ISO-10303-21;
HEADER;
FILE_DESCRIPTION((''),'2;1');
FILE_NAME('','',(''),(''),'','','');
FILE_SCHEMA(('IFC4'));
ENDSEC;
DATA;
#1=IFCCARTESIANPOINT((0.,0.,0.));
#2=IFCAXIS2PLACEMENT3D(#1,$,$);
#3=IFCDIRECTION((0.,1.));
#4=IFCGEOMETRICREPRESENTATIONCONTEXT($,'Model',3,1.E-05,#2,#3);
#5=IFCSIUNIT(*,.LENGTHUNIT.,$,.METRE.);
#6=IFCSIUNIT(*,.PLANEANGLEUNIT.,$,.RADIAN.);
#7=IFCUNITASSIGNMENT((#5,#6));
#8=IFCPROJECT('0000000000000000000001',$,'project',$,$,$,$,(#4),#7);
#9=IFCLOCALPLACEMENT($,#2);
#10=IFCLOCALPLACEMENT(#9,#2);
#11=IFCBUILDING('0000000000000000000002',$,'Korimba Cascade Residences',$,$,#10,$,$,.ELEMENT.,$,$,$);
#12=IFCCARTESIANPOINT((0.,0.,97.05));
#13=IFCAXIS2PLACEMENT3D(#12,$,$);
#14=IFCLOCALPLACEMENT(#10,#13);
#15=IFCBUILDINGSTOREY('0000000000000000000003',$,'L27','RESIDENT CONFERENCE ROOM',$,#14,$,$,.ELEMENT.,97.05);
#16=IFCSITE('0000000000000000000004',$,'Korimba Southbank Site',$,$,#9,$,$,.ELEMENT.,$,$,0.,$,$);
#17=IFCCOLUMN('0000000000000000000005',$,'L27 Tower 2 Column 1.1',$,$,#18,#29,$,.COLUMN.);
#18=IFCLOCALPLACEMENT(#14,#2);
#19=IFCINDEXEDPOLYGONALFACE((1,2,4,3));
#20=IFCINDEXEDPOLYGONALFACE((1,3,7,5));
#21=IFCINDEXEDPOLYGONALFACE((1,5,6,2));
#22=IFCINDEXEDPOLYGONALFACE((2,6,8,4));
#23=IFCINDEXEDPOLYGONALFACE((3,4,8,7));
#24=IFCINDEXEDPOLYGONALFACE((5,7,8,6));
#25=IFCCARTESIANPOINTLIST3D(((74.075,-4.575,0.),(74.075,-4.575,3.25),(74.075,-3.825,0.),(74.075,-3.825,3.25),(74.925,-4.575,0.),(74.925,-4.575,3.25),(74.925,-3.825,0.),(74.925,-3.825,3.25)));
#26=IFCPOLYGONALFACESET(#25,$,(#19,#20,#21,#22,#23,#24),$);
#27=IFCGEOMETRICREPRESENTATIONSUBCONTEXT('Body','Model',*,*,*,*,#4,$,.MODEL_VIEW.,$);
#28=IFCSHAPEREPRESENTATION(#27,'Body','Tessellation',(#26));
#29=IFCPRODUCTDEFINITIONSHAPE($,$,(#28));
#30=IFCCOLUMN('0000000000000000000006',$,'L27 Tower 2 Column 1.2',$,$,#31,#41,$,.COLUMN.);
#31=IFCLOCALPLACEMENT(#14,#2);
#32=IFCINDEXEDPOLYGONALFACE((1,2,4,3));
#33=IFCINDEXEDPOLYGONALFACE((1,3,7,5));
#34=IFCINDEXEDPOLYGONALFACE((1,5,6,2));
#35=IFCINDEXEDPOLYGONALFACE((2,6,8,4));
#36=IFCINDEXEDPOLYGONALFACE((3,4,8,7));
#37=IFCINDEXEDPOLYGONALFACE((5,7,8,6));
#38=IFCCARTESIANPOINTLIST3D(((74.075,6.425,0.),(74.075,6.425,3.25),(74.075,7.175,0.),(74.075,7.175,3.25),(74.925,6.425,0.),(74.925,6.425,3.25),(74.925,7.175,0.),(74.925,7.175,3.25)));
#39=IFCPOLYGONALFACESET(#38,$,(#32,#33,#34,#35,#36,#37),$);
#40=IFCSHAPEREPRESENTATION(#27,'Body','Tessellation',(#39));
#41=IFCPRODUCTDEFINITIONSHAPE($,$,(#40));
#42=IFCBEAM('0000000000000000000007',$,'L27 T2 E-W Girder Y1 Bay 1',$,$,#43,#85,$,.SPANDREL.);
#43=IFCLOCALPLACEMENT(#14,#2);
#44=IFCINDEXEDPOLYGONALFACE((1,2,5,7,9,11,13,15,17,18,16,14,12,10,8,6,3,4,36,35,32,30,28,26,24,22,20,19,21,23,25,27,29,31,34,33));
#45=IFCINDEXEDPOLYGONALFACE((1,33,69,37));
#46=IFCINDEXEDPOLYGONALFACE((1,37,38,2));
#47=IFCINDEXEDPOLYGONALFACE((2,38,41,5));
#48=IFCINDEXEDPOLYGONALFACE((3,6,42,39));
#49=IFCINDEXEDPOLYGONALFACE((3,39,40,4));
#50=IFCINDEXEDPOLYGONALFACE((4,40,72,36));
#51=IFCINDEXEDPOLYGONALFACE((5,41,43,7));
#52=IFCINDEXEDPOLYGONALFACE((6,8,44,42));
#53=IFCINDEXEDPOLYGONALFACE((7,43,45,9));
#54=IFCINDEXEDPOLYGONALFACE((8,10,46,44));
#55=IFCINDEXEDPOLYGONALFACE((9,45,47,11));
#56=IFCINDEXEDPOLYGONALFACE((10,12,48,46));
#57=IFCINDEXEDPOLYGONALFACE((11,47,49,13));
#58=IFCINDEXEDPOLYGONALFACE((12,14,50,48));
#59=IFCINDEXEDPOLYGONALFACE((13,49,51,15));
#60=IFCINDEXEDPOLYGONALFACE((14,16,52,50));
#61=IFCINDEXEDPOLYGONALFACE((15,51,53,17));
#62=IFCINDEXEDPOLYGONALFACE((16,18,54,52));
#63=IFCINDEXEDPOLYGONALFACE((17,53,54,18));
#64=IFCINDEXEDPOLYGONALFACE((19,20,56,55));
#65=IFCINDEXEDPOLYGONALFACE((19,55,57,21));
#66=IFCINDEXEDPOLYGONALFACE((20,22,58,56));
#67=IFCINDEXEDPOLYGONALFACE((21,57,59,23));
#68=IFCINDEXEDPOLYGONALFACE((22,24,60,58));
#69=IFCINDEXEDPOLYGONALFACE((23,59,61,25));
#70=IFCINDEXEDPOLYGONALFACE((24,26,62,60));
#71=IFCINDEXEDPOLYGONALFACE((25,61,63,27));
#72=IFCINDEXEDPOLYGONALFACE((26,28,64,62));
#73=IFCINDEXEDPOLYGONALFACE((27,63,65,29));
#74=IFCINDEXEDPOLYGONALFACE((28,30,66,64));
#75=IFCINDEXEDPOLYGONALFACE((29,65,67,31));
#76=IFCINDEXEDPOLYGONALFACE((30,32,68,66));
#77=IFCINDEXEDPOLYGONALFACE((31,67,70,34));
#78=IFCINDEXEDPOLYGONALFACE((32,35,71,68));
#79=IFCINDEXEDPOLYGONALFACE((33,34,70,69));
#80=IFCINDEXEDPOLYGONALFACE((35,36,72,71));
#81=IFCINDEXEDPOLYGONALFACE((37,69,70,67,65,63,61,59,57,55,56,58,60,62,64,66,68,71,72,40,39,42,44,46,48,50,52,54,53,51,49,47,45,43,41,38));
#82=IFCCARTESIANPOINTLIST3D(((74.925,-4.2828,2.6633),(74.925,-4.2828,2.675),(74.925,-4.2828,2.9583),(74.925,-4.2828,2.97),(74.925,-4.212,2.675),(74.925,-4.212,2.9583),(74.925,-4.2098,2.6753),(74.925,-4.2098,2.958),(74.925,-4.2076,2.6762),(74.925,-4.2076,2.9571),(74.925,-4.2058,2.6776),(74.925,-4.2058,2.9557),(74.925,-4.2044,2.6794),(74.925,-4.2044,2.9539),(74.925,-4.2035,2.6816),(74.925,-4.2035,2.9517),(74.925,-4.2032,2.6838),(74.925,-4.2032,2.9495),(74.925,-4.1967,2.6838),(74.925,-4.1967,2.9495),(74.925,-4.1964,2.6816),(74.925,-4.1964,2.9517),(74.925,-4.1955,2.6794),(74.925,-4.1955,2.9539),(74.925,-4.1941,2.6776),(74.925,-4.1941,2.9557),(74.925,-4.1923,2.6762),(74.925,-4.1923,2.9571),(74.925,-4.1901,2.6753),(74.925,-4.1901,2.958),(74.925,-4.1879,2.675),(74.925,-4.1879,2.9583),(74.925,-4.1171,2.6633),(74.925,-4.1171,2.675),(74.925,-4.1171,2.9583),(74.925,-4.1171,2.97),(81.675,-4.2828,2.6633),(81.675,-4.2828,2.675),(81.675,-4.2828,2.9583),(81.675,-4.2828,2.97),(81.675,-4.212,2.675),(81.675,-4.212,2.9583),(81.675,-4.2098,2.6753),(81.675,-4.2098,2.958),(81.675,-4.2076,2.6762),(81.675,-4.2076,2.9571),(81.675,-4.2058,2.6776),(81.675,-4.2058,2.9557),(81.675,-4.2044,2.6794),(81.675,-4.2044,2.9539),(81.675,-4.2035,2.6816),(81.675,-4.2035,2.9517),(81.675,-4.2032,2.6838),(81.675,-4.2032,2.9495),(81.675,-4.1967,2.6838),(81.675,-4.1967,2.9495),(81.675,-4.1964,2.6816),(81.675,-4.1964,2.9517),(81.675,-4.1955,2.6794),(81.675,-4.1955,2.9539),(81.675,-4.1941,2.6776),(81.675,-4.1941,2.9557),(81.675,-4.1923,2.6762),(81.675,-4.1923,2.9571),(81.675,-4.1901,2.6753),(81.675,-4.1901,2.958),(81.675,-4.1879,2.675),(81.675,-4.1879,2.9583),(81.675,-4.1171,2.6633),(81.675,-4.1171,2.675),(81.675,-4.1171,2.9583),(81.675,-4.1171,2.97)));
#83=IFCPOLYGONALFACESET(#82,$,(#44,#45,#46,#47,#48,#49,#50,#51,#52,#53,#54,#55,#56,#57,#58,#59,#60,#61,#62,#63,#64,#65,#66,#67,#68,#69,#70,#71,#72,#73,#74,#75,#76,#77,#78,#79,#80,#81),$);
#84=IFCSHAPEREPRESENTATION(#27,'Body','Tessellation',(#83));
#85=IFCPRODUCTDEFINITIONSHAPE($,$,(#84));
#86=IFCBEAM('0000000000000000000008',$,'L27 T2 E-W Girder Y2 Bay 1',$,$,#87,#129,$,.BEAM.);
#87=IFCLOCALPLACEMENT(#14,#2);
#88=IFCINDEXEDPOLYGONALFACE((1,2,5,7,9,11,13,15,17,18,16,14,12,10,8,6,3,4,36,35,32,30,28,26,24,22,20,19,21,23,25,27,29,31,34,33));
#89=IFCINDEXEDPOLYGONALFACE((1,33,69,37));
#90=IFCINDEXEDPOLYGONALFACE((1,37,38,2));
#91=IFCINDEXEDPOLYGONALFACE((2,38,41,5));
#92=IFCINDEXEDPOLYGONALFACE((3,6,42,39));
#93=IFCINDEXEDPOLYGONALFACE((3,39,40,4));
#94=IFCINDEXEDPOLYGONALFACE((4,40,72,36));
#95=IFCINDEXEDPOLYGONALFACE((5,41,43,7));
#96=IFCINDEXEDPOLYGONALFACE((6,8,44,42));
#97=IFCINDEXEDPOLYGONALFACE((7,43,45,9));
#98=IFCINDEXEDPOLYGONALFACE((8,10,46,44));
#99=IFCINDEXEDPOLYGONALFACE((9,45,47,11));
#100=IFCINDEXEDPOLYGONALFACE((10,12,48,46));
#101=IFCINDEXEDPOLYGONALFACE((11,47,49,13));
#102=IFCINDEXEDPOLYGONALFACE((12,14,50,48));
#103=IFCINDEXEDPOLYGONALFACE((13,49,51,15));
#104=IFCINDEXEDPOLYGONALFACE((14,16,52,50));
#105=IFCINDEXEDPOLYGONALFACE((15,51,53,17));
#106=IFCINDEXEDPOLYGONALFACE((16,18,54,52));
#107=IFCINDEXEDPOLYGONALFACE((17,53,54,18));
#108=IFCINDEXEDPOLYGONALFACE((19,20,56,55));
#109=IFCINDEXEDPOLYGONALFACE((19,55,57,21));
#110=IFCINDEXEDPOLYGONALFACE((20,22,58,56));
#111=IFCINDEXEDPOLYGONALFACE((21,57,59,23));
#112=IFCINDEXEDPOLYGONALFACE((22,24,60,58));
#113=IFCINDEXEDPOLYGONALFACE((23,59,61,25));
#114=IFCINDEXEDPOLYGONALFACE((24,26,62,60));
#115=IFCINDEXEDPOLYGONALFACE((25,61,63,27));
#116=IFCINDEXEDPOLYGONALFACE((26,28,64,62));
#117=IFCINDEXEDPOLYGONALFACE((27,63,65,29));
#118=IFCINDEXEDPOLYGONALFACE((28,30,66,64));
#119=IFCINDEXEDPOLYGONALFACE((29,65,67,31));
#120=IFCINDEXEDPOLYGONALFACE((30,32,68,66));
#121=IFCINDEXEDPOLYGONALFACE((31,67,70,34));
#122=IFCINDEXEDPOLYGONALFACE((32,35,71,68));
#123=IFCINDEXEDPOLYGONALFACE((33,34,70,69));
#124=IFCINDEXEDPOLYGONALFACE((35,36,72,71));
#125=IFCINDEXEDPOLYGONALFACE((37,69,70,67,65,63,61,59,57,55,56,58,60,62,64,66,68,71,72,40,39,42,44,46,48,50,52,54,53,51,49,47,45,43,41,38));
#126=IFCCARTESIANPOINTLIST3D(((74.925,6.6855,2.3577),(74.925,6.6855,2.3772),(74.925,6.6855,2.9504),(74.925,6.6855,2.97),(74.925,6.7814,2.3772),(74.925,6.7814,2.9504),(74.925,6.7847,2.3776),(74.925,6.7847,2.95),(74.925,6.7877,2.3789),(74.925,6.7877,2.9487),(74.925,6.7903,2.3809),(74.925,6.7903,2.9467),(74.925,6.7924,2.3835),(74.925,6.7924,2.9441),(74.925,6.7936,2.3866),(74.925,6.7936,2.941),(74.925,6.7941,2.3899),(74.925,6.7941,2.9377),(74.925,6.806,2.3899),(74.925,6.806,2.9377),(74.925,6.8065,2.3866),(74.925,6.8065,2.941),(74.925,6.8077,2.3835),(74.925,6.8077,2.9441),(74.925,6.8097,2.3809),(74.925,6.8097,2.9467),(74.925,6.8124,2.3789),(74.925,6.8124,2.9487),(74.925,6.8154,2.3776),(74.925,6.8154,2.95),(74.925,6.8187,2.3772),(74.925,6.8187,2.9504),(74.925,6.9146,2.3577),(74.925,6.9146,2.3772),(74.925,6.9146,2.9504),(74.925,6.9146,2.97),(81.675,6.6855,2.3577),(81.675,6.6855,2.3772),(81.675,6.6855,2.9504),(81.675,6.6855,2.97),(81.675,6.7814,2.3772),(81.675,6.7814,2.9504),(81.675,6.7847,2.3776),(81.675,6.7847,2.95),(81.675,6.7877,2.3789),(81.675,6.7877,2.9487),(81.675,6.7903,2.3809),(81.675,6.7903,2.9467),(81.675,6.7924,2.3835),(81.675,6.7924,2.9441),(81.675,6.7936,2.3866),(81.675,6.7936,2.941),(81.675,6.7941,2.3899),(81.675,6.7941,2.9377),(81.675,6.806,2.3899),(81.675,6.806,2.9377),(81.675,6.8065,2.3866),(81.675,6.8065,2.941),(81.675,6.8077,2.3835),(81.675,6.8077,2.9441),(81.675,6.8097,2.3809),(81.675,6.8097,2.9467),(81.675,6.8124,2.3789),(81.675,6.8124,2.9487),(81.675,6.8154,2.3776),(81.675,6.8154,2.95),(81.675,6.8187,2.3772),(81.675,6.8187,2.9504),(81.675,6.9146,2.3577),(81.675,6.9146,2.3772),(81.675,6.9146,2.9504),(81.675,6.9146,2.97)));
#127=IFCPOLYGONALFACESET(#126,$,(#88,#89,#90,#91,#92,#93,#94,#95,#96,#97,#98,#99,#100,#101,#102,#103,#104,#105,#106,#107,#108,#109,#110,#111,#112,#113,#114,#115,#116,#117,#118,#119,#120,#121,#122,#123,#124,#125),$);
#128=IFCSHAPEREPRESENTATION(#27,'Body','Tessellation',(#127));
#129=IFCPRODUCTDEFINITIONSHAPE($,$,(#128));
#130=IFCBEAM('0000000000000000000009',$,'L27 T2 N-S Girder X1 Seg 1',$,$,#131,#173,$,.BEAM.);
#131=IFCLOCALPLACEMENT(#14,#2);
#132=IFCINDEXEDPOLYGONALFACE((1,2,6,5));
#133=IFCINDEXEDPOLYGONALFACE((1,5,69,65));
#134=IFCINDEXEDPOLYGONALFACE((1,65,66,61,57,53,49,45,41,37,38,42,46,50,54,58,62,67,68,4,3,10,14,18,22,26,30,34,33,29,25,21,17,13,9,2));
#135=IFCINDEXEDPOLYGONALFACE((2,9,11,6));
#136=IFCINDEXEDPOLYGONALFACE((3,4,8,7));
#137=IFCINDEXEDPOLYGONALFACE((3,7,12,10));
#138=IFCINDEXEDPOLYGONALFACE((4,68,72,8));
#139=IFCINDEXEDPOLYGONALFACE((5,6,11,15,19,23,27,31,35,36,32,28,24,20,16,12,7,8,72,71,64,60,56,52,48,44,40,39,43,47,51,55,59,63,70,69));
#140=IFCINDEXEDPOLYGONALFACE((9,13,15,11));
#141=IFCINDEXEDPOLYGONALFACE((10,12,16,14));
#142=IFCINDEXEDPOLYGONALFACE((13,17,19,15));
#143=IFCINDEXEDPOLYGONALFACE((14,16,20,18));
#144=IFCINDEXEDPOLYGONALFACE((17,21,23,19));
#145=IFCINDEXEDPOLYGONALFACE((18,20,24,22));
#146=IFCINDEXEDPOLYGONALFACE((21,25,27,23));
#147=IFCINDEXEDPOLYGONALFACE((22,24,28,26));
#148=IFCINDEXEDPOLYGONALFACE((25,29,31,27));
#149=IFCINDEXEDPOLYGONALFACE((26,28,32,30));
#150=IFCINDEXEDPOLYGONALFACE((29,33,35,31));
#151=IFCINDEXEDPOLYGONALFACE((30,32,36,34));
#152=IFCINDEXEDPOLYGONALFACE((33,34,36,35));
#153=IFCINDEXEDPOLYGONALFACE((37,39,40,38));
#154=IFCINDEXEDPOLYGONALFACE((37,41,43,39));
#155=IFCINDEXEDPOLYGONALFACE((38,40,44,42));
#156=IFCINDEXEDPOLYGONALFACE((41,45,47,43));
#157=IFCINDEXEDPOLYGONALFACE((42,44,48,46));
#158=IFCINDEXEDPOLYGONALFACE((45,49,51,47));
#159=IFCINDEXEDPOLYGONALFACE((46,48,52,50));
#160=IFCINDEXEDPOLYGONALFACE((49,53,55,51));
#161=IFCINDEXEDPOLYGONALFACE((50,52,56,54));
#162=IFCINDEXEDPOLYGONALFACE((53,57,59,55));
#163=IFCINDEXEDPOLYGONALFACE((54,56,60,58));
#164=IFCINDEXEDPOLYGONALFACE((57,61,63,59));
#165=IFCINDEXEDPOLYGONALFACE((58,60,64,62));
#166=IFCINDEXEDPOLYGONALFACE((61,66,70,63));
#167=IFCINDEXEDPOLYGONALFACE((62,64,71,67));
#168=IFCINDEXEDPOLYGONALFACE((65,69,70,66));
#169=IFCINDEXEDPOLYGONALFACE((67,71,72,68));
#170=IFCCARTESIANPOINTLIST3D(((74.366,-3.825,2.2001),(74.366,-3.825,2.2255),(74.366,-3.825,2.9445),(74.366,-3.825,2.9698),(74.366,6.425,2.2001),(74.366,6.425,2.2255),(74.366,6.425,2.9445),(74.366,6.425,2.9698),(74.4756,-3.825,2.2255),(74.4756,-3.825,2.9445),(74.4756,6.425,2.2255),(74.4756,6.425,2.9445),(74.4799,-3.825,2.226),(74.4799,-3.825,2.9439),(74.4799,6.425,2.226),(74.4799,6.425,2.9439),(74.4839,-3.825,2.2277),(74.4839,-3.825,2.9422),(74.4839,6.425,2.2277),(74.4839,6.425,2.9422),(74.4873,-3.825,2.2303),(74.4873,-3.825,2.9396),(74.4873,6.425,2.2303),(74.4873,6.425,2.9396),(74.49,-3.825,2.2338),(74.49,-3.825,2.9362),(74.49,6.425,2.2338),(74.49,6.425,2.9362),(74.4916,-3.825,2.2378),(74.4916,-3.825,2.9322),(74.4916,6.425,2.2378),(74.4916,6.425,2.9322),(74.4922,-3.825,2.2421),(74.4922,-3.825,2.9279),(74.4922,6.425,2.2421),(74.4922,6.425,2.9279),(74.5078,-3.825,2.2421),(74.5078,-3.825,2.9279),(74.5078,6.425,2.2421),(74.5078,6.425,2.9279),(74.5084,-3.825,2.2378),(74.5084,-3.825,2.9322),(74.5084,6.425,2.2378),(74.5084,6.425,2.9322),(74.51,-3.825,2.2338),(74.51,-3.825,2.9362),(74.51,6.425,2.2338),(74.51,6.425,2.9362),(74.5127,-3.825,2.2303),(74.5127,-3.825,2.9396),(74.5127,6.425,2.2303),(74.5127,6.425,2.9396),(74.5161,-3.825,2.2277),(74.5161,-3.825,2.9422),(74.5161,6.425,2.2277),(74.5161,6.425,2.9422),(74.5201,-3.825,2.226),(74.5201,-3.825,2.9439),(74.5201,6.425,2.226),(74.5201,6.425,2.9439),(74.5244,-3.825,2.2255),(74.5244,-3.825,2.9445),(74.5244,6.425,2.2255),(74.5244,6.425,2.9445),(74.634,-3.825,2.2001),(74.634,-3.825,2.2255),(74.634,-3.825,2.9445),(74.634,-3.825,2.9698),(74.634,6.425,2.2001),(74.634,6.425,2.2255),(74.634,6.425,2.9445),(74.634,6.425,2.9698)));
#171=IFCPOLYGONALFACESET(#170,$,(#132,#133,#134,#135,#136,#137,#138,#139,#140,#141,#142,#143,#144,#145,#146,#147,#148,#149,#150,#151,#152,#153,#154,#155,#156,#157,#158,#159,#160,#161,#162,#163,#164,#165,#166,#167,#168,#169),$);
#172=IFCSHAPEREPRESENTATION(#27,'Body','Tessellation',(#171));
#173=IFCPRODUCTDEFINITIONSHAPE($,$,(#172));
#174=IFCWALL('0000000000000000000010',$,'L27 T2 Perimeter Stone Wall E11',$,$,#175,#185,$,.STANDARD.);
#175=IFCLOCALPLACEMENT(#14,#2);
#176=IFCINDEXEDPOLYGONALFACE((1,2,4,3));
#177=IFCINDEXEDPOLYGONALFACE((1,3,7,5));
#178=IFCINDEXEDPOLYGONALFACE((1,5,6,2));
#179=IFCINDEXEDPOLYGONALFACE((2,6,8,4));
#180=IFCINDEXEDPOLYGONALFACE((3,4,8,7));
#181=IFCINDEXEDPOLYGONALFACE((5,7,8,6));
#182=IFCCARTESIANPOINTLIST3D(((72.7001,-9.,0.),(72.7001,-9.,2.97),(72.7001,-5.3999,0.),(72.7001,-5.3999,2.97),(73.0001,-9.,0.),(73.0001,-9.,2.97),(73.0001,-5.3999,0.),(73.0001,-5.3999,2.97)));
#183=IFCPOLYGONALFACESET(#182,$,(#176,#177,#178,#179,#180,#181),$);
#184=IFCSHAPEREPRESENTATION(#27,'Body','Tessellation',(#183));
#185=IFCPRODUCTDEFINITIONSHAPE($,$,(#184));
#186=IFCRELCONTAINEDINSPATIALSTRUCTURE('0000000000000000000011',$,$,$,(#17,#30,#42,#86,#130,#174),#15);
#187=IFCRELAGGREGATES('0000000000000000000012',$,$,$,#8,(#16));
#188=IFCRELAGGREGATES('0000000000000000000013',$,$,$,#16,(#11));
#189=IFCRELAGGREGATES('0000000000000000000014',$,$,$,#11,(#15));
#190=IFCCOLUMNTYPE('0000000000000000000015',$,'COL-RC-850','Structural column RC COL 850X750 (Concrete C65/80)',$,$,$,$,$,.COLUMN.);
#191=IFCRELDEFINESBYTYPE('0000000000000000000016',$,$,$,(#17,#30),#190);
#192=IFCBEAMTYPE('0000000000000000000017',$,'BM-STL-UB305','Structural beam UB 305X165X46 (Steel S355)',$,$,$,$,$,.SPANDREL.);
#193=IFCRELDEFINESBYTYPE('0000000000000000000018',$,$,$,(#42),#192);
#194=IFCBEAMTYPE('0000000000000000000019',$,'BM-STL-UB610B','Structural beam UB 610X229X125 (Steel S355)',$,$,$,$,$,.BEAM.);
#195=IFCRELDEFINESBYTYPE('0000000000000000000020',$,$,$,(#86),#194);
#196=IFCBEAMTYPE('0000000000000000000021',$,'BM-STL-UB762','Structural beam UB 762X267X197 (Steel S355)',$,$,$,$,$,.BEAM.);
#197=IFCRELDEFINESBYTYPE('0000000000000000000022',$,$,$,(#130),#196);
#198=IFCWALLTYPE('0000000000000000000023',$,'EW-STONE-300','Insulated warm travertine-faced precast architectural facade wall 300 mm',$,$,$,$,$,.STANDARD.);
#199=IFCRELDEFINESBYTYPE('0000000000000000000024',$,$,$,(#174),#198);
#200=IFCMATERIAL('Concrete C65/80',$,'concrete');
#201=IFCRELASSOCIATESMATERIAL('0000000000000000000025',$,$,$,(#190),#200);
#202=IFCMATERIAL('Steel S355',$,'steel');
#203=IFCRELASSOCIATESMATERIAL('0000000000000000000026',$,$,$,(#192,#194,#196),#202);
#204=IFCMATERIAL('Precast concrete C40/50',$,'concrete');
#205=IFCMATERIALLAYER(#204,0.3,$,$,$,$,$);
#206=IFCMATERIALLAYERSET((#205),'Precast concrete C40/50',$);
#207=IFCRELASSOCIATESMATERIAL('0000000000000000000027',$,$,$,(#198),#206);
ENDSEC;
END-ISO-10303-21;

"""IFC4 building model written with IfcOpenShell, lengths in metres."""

from ifc_helpers import new_model, si_unit, direction, frame, frame_2d, origin, origin_2d, place, context, subcontext, project, spatial, rectangle, i_section, extrude, material, layer, layer_set, material_profile, profile_set, type_object, element, save


model = new_model("IFC4")

# Units and contexts
model_context = context("Model", 3, precision=1e-05, world=origin(), true_north=direction((0.0, 1.0)))
body_context = subcontext(model_context, "Body", "Model", "MODEL_VIEW")
ifc_project = project(units=[si_unit("LENGTHUNIT", "METRE"), si_unit("PLANEANGLEUNIT", "RADIAN")], contexts=[model_context])

# Site, building, storey
site_placement = place(None, origin())
site = spatial("IfcSite", under=ifc_project, at=site_placement, Name="Korimba Southbank Site", CompositionType="ELEMENT", RefElevation=0.0)
building_placement = place(site_placement, origin())
building = spatial("IfcBuilding", under=site, at=building_placement, Name="Korimba Cascade Residences", CompositionType="ELEMENT")
storey_placement = place(building_placement, frame((0.0, 0.0, 97.05)))
storey = spatial("IfcBuildingStorey", under=building, at=storey_placement, Name="L27", Description="RESIDENT CONFERENCE ROOM", CompositionType="ELEMENT", Elevation=97.05)

# Columns
ifc_material_1 = material(Name="Concrete C65/80", Category="concrete")
ifc_material_profile_1 = material_profile(ifc_material_1, rectangle(XDim=0.8501, YDim=0.75, at=origin_2d()), Name="Concrete C65/80")
ifc_profile_set_1 = profile_set([ifc_material_profile_1], Name="Concrete C65/80")
column_type = type_object("IfcColumnType", Name="COL-RC-850", Description="Structural column RC COL 850X750 (Concrete C65/80)", PredefinedType="COLUMN", material=ifc_profile_set_1)
for number, where, z_axis, x_axis, name in (
    (1, (74.5, -4.2, 0.0), (0.0, 0.0, 1.0), (1.0, 0.0, 0.0), "L27 Tower 2 Column 1.1"),
    (2, (74.5, 6.8, 0.0), (0.0, 0.0, 1.0), (1.0, 0.0, 0.0), "L27 Tower 2 Column 1.2"),
):
    element("IfcColumn", number, at=place(storey_placement, frame(where, z_axis=z_axis, x_axis=x_axis)), inside=storey, type_object=column_type, Name=name, PredefinedType="COLUMN", context=body_context, shape_type="SweptSolid", body=[
        extrude(rectangle(XDim=0.8501, YDim=0.75, at=origin_2d()), origin(), (0.0, 0.0, 1.0), 3.25),
    ])

# Beams
ifc_material_2 = material(Name="Steel S355", Category="steel")
ifc_material_profile_2 = material_profile(ifc_material_2, i_section(OverallWidth=0.1658, OverallDepth=0.3066, WebThickness=0.0066, FlangeThickness=0.0117, FilletRadius=0.0088, at=origin_2d()), Name="Steel S355")
ifc_profile_set_2 = profile_set([ifc_material_profile_2], Name="Steel S355")
beam_type_1 = type_object("IfcBeamType", Name="BM-STL-UB305", Description="Structural beam UB 305X165X46 (Steel S355)", PredefinedType="SPANDREL", material=ifc_profile_set_2)
beam_1_placement = place(storey_placement, frame((74.925, -4.2, 2.8167), z_axis=(1.0, 0.0, 0.0), x_axis=(0.0, 1.0, 0.0)))
element("IfcBeam", 3, at=beam_1_placement, inside=storey, type_object=beam_type_1, Name="L27 T2 E-W Girder Y1 Bay 1", PredefinedType="SPANDREL", context=body_context, shape_type="SweptSolid", body=[
    extrude(i_section(OverallWidth=0.1658, OverallDepth=0.3066, WebThickness=0.0066, FlangeThickness=0.0117, FilletRadius=0.0088, at=origin_2d()), origin(), (0.0, 0.0, 1.0), 6.75),
])
ifc_material_profile_3 = material_profile(ifc_material_2, i_section(OverallWidth=0.229, OverallDepth=0.6123, WebThickness=0.012, FlangeThickness=0.0195, FilletRadius=0.0127, at=origin_2d()), Name="Steel S355")
ifc_profile_set_3 = profile_set([ifc_material_profile_3], Name="Steel S355")
beam_type_2 = type_object("IfcBeamType", Name="BM-STL-UB610B", Description="Structural beam UB 610X229X125 (Steel S355)", PredefinedType="BEAM", material=ifc_profile_set_3)
beam_2_placement = place(storey_placement, frame((74.925, 6.8, 2.6638), z_axis=(1.0, 0.0, 0.0), x_axis=(0.0, 1.0, 0.0)))
element("IfcBeam", 4, at=beam_2_placement, inside=storey, type_object=beam_type_2, Name="L27 T2 E-W Girder Y2 Bay 1", PredefinedType="BEAM", context=body_context, shape_type="SweptSolid", body=[
    extrude(i_section(OverallWidth=0.229, OverallDepth=0.6123, WebThickness=0.012, FlangeThickness=0.0195, FilletRadius=0.0127, at=origin_2d()), origin(), (0.0, 0.0, 1.0), 6.75),
])
ifc_material_profile_4 = material_profile(ifc_material_2, i_section(OverallWidth=0.2681, OverallDepth=0.7698, WebThickness=0.0156, FlangeThickness=0.0254, FilletRadius=0.0166, at=origin_2d()), Name="Steel S355")
ifc_profile_set_4 = profile_set([ifc_material_profile_4], Name="Steel S355")
beam_type_3 = type_object("IfcBeamType", Name="BM-STL-UB762", Description="Structural beam UB 762X267X197 (Steel S355)", PredefinedType="BEAM", material=ifc_profile_set_4)
beam_3_placement = place(storey_placement, frame((74.5, -3.825, 2.585), z_axis=(0.0, 1.0, 0.0), x_axis=(-1.0, 0.0, 0.0)))
element("IfcBeam", 5, at=beam_3_placement, inside=storey, type_object=beam_type_3, Name="L27 T2 N-S Girder X1 Seg 1", PredefinedType="BEAM", context=body_context, shape_type="SweptSolid", body=[
    extrude(i_section(OverallWidth=0.2681, OverallDepth=0.7698, WebThickness=0.0156, FlangeThickness=0.0254, FilletRadius=0.0166, at=origin_2d()), origin(), (0.0, 0.0, 1.0), 10.25),
])

# Wall
ifc_material_3 = material(Name="Precast concrete C40/50", Category="concrete")
ifc_layer_1 = layer(ifc_material_3, 0.3)
ifc_layer_set_1 = layer_set([ifc_layer_1], Name="Precast concrete C40/50")
wall_type_1 = type_object("IfcWallType", Name="EW-STONE-300", Description="Insulated warm travertine-faced precast architectural facade wall 300 mm", PredefinedType="STANDARD", material=ifc_layer_set_1)
wall_1_placement = place(storey_placement, frame((72.8501, -5.3999, 0.0), z_axis=(0.0, 0.0, 1.0), x_axis=(0.0, -1.0, 0.0)))
element("IfcWall", 6, at=wall_1_placement, inside=storey, type_object=wall_type_1, Name="L27 T2 Perimeter Stone Wall E11", PredefinedType="STANDARD", context=body_context, shape_type="SweptSolid", body=[
    extrude(rectangle(XDim=3.6001, YDim=0.3, at=frame_2d((1.8, 0.0))), origin(), (0.0, 0.0, 1.0), 2.97),
])

save(model, "model.ifc")
